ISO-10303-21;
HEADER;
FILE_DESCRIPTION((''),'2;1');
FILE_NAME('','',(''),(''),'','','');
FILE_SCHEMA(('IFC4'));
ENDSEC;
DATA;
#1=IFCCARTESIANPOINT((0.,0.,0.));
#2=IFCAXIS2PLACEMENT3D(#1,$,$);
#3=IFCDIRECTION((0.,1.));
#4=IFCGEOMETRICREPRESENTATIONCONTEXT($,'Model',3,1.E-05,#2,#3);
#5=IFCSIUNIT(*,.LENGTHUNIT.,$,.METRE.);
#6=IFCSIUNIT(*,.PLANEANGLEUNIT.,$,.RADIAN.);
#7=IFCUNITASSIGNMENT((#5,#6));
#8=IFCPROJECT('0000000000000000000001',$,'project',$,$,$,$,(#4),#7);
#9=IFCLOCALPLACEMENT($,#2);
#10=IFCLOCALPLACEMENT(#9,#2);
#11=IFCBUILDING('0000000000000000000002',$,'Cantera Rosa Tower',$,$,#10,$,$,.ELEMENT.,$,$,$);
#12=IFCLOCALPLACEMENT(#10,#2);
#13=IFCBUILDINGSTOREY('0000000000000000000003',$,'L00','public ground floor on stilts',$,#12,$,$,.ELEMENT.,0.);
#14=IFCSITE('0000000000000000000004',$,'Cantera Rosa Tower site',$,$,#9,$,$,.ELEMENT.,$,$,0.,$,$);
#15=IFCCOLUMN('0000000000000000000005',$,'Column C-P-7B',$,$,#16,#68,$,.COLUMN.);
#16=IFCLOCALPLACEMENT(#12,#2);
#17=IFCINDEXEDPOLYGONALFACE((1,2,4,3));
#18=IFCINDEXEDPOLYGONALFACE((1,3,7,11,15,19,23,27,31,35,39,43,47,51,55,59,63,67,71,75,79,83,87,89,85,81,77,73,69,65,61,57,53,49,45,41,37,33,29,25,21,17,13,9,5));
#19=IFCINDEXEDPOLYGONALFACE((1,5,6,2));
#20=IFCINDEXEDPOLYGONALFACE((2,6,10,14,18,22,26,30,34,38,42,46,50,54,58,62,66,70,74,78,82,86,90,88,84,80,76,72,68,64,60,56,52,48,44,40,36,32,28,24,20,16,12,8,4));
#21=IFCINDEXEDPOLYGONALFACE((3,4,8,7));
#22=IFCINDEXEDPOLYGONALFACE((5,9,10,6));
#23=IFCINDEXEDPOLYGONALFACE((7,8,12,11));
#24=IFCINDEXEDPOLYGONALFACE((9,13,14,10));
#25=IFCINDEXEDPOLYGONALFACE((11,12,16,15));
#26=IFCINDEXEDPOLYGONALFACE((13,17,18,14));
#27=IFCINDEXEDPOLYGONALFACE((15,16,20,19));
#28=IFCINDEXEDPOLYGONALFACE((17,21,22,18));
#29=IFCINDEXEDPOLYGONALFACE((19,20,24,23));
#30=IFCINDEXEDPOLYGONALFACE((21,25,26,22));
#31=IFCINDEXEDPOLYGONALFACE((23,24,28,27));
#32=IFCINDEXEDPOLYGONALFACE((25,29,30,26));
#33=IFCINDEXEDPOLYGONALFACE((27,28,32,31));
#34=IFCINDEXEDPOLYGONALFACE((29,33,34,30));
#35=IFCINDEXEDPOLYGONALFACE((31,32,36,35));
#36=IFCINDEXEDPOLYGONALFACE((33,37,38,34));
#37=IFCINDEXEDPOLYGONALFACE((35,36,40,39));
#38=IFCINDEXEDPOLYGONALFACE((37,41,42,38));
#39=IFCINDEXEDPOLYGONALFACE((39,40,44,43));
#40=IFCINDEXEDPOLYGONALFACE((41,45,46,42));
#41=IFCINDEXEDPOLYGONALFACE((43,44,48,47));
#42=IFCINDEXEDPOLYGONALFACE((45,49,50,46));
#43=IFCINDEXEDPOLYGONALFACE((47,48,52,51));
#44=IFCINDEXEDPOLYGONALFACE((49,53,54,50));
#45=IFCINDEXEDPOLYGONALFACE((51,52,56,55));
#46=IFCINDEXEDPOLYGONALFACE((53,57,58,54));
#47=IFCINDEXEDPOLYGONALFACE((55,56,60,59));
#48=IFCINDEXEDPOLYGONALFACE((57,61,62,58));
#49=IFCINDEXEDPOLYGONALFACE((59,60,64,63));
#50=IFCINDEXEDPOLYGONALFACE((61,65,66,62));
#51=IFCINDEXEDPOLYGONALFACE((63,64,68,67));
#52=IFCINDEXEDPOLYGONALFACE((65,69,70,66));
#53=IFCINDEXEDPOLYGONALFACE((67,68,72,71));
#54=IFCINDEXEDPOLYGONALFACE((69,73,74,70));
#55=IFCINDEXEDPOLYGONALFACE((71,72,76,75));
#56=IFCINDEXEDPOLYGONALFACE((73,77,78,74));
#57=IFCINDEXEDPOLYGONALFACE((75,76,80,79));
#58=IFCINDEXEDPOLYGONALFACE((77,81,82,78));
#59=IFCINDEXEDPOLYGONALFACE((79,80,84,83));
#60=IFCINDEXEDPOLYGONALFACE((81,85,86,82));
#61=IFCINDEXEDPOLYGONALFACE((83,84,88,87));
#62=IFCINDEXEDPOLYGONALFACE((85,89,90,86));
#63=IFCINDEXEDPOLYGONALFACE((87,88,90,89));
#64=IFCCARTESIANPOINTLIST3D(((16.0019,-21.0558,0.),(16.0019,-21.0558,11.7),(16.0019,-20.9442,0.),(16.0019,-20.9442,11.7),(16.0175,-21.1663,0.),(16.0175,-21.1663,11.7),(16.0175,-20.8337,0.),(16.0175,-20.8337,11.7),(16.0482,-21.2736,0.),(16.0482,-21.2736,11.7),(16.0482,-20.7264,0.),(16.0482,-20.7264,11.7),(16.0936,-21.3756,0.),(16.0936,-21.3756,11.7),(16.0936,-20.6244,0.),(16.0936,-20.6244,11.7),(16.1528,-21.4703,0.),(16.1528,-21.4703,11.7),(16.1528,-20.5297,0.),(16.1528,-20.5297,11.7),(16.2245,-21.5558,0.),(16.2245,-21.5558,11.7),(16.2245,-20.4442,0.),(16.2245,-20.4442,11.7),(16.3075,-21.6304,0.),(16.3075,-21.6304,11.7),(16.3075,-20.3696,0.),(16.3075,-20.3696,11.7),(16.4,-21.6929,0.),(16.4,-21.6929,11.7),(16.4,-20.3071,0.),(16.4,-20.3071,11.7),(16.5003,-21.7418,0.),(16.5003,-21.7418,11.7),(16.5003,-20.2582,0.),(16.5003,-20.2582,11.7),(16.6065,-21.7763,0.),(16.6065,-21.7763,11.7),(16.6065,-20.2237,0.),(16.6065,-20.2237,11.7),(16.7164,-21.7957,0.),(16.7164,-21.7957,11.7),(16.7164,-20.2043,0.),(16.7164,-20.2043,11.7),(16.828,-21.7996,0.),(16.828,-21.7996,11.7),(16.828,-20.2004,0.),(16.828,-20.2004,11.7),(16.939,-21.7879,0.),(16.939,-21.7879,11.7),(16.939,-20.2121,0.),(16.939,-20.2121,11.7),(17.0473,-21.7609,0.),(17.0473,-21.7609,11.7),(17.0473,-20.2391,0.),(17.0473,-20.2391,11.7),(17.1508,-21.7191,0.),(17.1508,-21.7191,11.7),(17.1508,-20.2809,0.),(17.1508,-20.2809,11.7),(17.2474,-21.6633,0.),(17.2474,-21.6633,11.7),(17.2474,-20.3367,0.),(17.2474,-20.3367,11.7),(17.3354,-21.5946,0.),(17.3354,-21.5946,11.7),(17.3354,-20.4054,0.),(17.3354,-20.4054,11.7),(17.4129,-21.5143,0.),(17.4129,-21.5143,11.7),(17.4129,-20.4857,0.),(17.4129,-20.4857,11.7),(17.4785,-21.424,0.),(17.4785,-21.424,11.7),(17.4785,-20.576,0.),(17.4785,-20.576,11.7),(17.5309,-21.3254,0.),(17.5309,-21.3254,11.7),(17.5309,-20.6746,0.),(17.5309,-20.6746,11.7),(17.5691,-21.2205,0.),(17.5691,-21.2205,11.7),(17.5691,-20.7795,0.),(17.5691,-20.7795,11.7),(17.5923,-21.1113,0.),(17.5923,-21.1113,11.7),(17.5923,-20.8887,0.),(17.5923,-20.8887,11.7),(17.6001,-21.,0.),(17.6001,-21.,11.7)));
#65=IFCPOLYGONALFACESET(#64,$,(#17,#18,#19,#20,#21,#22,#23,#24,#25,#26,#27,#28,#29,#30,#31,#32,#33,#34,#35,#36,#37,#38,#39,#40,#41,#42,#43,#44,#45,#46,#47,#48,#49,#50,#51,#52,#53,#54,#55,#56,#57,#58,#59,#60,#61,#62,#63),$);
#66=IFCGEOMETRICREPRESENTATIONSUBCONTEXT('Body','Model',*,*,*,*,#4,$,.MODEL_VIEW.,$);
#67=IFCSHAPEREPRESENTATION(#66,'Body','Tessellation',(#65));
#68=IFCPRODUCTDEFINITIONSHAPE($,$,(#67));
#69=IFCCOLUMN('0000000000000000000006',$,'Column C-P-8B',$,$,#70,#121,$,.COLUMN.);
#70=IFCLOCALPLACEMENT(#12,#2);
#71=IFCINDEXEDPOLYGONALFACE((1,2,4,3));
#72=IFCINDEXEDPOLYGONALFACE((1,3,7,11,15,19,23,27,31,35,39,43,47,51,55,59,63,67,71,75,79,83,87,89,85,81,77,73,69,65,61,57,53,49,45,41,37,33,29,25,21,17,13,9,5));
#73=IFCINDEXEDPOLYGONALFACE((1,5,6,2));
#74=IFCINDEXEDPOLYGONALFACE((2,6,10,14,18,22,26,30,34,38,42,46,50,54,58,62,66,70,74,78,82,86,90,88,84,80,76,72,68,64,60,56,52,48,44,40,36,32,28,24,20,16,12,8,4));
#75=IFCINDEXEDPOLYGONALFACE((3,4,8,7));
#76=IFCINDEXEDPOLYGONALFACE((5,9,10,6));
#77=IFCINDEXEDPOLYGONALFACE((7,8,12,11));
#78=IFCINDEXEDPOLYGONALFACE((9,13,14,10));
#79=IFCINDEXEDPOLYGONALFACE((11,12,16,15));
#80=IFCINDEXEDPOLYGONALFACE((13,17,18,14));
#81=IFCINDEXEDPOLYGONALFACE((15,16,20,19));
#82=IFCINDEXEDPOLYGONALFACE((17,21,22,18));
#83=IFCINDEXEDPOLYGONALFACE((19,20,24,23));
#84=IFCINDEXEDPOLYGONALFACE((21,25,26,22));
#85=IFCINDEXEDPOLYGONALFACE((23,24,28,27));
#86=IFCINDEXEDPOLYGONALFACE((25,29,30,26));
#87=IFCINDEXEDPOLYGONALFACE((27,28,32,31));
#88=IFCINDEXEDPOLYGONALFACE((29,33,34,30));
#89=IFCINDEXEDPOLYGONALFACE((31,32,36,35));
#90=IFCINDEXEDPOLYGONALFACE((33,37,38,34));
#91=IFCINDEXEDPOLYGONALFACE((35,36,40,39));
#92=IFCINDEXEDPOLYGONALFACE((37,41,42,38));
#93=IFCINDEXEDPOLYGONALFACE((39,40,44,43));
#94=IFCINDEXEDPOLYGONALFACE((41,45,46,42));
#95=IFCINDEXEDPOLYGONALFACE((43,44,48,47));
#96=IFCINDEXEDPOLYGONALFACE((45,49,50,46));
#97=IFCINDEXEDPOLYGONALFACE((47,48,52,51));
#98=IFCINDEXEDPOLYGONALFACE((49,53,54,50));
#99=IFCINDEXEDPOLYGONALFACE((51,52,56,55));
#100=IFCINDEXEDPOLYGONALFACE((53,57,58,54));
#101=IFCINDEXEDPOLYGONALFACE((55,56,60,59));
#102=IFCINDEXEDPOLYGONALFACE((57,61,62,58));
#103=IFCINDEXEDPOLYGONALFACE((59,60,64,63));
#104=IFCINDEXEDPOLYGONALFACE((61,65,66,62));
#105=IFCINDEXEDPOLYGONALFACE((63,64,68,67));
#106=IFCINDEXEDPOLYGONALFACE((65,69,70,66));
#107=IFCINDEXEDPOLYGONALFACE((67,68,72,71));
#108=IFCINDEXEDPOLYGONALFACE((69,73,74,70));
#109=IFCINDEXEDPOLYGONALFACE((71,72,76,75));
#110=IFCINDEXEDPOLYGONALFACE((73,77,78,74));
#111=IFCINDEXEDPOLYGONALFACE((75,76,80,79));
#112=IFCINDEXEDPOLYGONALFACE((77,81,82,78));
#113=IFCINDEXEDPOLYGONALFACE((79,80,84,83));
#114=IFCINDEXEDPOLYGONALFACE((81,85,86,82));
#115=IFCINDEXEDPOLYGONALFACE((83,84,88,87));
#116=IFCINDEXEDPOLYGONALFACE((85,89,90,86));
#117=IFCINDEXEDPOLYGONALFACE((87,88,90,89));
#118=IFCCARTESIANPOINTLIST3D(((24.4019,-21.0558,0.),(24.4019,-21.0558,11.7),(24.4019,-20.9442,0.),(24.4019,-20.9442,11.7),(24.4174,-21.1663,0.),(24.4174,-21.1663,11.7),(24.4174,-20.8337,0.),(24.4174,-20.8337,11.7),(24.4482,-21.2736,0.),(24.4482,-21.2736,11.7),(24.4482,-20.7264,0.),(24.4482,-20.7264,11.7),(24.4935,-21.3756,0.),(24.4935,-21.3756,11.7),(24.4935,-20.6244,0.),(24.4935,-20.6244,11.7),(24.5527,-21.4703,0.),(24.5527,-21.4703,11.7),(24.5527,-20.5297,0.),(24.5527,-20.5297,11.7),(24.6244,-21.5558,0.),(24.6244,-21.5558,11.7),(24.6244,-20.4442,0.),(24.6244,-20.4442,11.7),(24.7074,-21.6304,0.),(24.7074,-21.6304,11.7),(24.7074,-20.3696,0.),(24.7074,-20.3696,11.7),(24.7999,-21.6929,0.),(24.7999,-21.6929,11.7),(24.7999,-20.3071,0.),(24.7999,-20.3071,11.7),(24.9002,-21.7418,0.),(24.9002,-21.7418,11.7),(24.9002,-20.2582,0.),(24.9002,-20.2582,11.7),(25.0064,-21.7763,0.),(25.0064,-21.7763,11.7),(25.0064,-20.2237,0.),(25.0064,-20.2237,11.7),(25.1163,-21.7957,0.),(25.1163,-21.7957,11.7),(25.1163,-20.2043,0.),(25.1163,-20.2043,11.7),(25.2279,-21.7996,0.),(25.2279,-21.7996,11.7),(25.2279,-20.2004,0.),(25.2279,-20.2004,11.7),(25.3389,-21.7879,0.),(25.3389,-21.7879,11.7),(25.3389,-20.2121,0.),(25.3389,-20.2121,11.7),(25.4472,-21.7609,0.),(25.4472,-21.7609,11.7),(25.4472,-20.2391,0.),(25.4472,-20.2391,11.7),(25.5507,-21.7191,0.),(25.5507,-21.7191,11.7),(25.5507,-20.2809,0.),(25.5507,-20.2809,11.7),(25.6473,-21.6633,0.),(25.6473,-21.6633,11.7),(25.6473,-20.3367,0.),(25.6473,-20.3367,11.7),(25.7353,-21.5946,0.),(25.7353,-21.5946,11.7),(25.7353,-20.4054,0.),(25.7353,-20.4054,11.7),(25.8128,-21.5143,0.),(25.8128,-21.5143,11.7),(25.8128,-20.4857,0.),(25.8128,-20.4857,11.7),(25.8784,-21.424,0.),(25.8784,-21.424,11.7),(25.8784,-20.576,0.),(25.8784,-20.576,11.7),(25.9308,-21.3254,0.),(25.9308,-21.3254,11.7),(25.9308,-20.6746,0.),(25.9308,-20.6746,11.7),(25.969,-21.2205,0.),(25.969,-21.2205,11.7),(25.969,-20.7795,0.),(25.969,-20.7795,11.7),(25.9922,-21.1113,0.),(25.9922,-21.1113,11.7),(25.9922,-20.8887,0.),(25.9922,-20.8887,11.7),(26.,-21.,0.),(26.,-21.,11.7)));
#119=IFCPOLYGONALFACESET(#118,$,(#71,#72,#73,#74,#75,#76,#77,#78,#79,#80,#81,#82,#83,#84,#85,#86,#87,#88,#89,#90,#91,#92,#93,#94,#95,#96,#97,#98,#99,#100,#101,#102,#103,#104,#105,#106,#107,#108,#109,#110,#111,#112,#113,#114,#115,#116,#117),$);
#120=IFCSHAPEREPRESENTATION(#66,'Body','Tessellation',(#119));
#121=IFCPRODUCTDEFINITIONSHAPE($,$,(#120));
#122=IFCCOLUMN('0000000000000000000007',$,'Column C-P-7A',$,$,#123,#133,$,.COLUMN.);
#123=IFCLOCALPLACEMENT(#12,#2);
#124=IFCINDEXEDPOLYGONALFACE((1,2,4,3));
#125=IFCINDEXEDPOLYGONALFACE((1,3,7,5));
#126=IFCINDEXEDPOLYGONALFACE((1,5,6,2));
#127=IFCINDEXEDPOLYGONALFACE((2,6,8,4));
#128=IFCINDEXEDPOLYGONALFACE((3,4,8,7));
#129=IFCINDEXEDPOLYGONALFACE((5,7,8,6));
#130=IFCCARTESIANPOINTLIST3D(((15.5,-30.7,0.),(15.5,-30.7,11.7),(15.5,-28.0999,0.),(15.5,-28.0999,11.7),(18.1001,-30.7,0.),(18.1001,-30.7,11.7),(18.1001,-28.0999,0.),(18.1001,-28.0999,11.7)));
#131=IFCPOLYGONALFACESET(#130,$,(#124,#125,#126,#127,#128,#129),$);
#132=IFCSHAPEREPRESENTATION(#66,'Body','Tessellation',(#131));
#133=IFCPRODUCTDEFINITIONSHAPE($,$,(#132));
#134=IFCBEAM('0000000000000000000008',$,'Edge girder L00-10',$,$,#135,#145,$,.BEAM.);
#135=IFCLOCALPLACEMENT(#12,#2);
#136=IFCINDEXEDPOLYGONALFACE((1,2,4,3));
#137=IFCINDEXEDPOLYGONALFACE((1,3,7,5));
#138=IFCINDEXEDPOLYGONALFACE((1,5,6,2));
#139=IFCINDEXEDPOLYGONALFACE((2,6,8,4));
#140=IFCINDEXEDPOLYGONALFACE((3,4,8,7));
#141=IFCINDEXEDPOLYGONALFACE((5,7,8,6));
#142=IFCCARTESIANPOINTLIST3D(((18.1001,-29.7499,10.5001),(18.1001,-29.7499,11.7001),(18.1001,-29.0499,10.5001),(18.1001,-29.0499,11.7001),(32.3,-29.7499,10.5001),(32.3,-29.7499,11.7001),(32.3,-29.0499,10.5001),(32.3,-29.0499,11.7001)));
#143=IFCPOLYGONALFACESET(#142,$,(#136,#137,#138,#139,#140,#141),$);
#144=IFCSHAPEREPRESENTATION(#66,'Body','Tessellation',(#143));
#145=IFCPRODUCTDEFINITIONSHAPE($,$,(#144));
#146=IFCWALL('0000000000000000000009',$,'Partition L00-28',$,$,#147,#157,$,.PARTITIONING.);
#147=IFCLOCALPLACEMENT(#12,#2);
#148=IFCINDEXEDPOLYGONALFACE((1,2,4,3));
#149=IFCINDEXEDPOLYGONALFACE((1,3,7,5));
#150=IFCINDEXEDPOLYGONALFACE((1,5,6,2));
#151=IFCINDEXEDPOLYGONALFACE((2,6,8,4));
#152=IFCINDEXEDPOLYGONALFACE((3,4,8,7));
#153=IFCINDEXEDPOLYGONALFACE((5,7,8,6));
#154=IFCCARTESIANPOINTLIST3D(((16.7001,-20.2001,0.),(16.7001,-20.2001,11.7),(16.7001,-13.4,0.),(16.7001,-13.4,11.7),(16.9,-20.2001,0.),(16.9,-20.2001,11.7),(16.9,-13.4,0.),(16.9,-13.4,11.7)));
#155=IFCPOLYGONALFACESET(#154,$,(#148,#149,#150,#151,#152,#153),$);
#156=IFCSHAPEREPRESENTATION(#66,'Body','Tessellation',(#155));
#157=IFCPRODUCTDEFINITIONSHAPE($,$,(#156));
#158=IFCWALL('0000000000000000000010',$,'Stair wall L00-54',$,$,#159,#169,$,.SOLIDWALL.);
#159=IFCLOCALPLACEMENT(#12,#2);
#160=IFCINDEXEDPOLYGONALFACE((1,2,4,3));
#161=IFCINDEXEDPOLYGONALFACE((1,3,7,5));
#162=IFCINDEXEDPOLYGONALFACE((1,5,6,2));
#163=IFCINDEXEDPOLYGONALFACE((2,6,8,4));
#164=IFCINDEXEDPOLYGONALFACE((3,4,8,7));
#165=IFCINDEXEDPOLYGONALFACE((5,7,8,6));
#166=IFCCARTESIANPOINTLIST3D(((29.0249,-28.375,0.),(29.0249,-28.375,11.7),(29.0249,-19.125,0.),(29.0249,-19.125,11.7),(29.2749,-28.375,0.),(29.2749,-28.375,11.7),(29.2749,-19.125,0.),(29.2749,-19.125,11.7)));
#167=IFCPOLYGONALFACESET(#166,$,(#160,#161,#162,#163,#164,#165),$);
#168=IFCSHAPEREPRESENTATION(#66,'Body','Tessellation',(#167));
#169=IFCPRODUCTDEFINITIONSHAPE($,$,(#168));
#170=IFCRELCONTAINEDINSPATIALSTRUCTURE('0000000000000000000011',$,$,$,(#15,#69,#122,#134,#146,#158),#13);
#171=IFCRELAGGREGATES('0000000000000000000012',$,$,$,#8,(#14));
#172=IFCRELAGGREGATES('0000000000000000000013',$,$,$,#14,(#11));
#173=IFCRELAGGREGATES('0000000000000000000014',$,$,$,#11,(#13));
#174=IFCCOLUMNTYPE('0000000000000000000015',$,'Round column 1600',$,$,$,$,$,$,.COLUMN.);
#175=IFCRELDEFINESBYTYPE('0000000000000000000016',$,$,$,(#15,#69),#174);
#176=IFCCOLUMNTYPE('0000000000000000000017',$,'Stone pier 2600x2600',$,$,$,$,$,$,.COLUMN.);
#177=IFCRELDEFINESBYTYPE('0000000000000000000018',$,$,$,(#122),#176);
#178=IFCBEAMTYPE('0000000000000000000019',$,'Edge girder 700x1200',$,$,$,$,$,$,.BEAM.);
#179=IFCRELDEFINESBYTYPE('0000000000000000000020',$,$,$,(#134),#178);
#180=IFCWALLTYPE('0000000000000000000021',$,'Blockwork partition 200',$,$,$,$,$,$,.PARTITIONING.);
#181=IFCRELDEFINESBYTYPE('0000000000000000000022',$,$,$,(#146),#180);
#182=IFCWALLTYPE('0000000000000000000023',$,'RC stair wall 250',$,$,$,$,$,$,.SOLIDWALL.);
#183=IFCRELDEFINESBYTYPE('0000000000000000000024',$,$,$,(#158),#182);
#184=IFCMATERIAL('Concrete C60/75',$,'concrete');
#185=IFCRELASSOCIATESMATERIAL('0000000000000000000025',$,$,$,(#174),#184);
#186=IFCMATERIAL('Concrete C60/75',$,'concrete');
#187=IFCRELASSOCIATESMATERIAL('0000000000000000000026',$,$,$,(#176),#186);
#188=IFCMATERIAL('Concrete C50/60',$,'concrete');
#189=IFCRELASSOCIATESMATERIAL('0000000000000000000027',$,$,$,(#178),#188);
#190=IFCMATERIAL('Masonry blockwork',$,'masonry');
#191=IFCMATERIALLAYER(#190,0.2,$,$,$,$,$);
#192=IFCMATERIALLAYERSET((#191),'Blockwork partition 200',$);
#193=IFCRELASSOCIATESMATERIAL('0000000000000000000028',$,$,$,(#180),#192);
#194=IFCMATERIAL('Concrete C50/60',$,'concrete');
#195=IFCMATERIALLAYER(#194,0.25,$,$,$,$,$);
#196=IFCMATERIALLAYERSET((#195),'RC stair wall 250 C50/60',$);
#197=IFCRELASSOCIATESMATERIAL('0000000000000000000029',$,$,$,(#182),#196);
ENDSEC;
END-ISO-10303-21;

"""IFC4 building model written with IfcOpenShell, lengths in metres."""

from ifc_helpers import new_model, si_unit, direction, frame, frame_2d, origin, origin_2d, place, context, subcontext, project, spatial, rectangle, circle, extrude, material, layer, layer_set, material_profile, profile_set, type_object, element, save


model = new_model("IFC4")

# Units and contexts
model_context = context("Model", 3, precision=1e-05, world=origin(), true_north=direction((0.0, 1.0)))
body_context = subcontext(model_context, "Body", "Model", "MODEL_VIEW")
ifc_project = project(units=[si_unit("LENGTHUNIT", "METRE"), si_unit("PLANEANGLEUNIT", "RADIAN")], contexts=[model_context])

# Site, building, storey
site_placement = place(None, origin())
site = spatial("IfcSite", under=ifc_project, at=site_placement, Name="Cantera Rosa Tower site", CompositionType="ELEMENT", RefElevation=0.0)
building_placement = place(site_placement, origin())
building = spatial("IfcBuilding", under=site, at=building_placement, Name="Cantera Rosa Tower", CompositionType="ELEMENT")
storey_placement = place(building_placement, origin())
storey = spatial("IfcBuildingStorey", under=building, at=storey_placement, Name="L00", Description="public ground floor on stilts", CompositionType="ELEMENT", Elevation=0.0)

# Columns
ifc_material_1 = material(Name="Concrete C60/75", Category="concrete")
ifc_material_profile_1 = material_profile(ifc_material_1, circle(Radius=0.8, at=origin_2d()), Name="Round column 1600")
ifc_profile_set_1 = profile_set([ifc_material_profile_1], Name="Concrete C60/75")
column_type_1 = type_object("IfcColumnType", Name="Round column 1600", PredefinedType="COLUMN", material=ifc_profile_set_1)
for number, where, z_axis, x_axis, name in (
    (1, (16.8, -21.0, 0.0), (0.0, 0.0, 1.0), (1.0, 0.0, 0.0), "Column C-P-7B"),
    (2, (25.2, -21.0, 0.0), (0.0, 0.0, 1.0), (1.0, 0.0, 0.0), "Column C-P-8B"),
):
    element("IfcColumn", number, at=place(storey_placement, frame(where, z_axis=z_axis, x_axis=x_axis)), inside=storey, type_object=column_type_1, Name=name, PredefinedType="COLUMN", context=body_context, shape_type="SweptSolid", body=[
        extrude(circle(Radius=0.8, at=origin_2d()), origin(), (0.0, 0.0, 1.0), 11.7),
    ])
ifc_material_2 = material(Name="Concrete C60/75", Category="concrete")
ifc_material_profile_2 = material_profile(ifc_material_2, rectangle(XDim=2.6001, YDim=2.6001, at=origin_2d()), Name="Stone pier 2600x2600")
ifc_profile_set_2 = profile_set([ifc_material_profile_2], Name="Concrete C60/75")
column_type_2 = type_object("IfcColumnType", Name="Stone pier 2600x2600", PredefinedType="COLUMN", material=ifc_profile_set_2)
column_placement = place(storey_placement, frame((16.8, -29.3999, 0.0), z_axis=(0.0, 0.0, 1.0), x_axis=(1.0, 0.0, 0.0)))
element("IfcColumn", 3, at=column_placement, inside=storey, type_object=column_type_2, Name="Column C-P-7A", PredefinedType="COLUMN", context=body_context, shape_type="SweptSolid", body=[
    extrude(rectangle(XDim=2.6001, YDim=2.6001, at=origin_2d()), origin(), (0.0, 0.0, 1.0), 11.7),
])

# Beam
ifc_material_3 = material(Name="Concrete C50/60", Category="concrete")
ifc_material_profile_3 = material_profile(ifc_material_3, rectangle(XDim=0.7, YDim=1.2, at=origin_2d()), Name="Edge girder 700x1200")
ifc_profile_set_3 = profile_set([ifc_material_profile_3], Name="Concrete C50/60")
beam_type = type_object("IfcBeamType", Name="Edge girder 700x1200", PredefinedType="BEAM", material=ifc_profile_set_3)
beam_placement = place(storey_placement, frame((18.1001, -29.3999, 11.1001), z_axis=(1.0, 0.0, 0.0), x_axis=(0.0, 1.0, 0.0)))
element("IfcBeam", 4, at=beam_placement, inside=storey, type_object=beam_type, Name="Edge girder L00-10", PredefinedType="BEAM", context=body_context, shape_type="SweptSolid", body=[
    extrude(rectangle(XDim=0.7, YDim=1.2, at=origin_2d()), origin(), (0.0, 0.0, 1.0), 14.2),
])

# Walls
ifc_material_4 = material(Name="Masonry blockwork", Category="masonry")
ifc_layer_1 = layer(ifc_material_4, 0.2)
ifc_layer_set_1 = layer_set([ifc_layer_1], Name="Blockwork partition 200")
wall_type_1 = type_object("IfcWallType", Name="Blockwork partition 200", PredefinedType="PARTITIONING", material=ifc_layer_set_1)
wall_1_placement = place(storey_placement, frame((16.8, -20.2, 0.0), z_axis=(0.0, 0.0, 1.0), x_axis=(0.0, 1.0, 0.0)))
element("IfcWall", 5, at=wall_1_placement, inside=storey, type_object=wall_type_1, Name="Partition L00-28", PredefinedType="PARTITIONING", context=body_context, shape_type="SweptSolid", body=[
    extrude(rectangle(XDim=6.8, YDim=0.2, at=frame_2d((3.3999, 0.0))), origin(), (0.0, 0.0, 1.0), 11.7),
])
ifc_material_5 = material(Name="Concrete C50/60", Category="concrete")
ifc_layer_2 = layer(ifc_material_5, 0.25)
ifc_layer_set_2 = layer_set([ifc_layer_2], Name="RC stair wall 250 C50/60")
wall_type_2 = type_object("IfcWallType", Name="RC stair wall 250", PredefinedType="SOLIDWALL", material=ifc_layer_set_2)
wall_2_placement = place(storey_placement, frame((29.1499, -28.375, 0.0), z_axis=(0.0, 0.0, 1.0), x_axis=(0.0, 1.0, 0.0)))
element("IfcWall", 6, at=wall_2_placement, inside=storey, type_object=wall_type_2, Name="Stair wall L00-54", PredefinedType="SOLIDWALL", context=body_context, shape_type="SweptSolid", body=[
    extrude(rectangle(XDim=9.25, YDim=0.25, at=frame_2d((4.625, 0.0))), origin(), (0.0, 0.0, 1.0), 11.7),
])

save(model, "model.ifc")
